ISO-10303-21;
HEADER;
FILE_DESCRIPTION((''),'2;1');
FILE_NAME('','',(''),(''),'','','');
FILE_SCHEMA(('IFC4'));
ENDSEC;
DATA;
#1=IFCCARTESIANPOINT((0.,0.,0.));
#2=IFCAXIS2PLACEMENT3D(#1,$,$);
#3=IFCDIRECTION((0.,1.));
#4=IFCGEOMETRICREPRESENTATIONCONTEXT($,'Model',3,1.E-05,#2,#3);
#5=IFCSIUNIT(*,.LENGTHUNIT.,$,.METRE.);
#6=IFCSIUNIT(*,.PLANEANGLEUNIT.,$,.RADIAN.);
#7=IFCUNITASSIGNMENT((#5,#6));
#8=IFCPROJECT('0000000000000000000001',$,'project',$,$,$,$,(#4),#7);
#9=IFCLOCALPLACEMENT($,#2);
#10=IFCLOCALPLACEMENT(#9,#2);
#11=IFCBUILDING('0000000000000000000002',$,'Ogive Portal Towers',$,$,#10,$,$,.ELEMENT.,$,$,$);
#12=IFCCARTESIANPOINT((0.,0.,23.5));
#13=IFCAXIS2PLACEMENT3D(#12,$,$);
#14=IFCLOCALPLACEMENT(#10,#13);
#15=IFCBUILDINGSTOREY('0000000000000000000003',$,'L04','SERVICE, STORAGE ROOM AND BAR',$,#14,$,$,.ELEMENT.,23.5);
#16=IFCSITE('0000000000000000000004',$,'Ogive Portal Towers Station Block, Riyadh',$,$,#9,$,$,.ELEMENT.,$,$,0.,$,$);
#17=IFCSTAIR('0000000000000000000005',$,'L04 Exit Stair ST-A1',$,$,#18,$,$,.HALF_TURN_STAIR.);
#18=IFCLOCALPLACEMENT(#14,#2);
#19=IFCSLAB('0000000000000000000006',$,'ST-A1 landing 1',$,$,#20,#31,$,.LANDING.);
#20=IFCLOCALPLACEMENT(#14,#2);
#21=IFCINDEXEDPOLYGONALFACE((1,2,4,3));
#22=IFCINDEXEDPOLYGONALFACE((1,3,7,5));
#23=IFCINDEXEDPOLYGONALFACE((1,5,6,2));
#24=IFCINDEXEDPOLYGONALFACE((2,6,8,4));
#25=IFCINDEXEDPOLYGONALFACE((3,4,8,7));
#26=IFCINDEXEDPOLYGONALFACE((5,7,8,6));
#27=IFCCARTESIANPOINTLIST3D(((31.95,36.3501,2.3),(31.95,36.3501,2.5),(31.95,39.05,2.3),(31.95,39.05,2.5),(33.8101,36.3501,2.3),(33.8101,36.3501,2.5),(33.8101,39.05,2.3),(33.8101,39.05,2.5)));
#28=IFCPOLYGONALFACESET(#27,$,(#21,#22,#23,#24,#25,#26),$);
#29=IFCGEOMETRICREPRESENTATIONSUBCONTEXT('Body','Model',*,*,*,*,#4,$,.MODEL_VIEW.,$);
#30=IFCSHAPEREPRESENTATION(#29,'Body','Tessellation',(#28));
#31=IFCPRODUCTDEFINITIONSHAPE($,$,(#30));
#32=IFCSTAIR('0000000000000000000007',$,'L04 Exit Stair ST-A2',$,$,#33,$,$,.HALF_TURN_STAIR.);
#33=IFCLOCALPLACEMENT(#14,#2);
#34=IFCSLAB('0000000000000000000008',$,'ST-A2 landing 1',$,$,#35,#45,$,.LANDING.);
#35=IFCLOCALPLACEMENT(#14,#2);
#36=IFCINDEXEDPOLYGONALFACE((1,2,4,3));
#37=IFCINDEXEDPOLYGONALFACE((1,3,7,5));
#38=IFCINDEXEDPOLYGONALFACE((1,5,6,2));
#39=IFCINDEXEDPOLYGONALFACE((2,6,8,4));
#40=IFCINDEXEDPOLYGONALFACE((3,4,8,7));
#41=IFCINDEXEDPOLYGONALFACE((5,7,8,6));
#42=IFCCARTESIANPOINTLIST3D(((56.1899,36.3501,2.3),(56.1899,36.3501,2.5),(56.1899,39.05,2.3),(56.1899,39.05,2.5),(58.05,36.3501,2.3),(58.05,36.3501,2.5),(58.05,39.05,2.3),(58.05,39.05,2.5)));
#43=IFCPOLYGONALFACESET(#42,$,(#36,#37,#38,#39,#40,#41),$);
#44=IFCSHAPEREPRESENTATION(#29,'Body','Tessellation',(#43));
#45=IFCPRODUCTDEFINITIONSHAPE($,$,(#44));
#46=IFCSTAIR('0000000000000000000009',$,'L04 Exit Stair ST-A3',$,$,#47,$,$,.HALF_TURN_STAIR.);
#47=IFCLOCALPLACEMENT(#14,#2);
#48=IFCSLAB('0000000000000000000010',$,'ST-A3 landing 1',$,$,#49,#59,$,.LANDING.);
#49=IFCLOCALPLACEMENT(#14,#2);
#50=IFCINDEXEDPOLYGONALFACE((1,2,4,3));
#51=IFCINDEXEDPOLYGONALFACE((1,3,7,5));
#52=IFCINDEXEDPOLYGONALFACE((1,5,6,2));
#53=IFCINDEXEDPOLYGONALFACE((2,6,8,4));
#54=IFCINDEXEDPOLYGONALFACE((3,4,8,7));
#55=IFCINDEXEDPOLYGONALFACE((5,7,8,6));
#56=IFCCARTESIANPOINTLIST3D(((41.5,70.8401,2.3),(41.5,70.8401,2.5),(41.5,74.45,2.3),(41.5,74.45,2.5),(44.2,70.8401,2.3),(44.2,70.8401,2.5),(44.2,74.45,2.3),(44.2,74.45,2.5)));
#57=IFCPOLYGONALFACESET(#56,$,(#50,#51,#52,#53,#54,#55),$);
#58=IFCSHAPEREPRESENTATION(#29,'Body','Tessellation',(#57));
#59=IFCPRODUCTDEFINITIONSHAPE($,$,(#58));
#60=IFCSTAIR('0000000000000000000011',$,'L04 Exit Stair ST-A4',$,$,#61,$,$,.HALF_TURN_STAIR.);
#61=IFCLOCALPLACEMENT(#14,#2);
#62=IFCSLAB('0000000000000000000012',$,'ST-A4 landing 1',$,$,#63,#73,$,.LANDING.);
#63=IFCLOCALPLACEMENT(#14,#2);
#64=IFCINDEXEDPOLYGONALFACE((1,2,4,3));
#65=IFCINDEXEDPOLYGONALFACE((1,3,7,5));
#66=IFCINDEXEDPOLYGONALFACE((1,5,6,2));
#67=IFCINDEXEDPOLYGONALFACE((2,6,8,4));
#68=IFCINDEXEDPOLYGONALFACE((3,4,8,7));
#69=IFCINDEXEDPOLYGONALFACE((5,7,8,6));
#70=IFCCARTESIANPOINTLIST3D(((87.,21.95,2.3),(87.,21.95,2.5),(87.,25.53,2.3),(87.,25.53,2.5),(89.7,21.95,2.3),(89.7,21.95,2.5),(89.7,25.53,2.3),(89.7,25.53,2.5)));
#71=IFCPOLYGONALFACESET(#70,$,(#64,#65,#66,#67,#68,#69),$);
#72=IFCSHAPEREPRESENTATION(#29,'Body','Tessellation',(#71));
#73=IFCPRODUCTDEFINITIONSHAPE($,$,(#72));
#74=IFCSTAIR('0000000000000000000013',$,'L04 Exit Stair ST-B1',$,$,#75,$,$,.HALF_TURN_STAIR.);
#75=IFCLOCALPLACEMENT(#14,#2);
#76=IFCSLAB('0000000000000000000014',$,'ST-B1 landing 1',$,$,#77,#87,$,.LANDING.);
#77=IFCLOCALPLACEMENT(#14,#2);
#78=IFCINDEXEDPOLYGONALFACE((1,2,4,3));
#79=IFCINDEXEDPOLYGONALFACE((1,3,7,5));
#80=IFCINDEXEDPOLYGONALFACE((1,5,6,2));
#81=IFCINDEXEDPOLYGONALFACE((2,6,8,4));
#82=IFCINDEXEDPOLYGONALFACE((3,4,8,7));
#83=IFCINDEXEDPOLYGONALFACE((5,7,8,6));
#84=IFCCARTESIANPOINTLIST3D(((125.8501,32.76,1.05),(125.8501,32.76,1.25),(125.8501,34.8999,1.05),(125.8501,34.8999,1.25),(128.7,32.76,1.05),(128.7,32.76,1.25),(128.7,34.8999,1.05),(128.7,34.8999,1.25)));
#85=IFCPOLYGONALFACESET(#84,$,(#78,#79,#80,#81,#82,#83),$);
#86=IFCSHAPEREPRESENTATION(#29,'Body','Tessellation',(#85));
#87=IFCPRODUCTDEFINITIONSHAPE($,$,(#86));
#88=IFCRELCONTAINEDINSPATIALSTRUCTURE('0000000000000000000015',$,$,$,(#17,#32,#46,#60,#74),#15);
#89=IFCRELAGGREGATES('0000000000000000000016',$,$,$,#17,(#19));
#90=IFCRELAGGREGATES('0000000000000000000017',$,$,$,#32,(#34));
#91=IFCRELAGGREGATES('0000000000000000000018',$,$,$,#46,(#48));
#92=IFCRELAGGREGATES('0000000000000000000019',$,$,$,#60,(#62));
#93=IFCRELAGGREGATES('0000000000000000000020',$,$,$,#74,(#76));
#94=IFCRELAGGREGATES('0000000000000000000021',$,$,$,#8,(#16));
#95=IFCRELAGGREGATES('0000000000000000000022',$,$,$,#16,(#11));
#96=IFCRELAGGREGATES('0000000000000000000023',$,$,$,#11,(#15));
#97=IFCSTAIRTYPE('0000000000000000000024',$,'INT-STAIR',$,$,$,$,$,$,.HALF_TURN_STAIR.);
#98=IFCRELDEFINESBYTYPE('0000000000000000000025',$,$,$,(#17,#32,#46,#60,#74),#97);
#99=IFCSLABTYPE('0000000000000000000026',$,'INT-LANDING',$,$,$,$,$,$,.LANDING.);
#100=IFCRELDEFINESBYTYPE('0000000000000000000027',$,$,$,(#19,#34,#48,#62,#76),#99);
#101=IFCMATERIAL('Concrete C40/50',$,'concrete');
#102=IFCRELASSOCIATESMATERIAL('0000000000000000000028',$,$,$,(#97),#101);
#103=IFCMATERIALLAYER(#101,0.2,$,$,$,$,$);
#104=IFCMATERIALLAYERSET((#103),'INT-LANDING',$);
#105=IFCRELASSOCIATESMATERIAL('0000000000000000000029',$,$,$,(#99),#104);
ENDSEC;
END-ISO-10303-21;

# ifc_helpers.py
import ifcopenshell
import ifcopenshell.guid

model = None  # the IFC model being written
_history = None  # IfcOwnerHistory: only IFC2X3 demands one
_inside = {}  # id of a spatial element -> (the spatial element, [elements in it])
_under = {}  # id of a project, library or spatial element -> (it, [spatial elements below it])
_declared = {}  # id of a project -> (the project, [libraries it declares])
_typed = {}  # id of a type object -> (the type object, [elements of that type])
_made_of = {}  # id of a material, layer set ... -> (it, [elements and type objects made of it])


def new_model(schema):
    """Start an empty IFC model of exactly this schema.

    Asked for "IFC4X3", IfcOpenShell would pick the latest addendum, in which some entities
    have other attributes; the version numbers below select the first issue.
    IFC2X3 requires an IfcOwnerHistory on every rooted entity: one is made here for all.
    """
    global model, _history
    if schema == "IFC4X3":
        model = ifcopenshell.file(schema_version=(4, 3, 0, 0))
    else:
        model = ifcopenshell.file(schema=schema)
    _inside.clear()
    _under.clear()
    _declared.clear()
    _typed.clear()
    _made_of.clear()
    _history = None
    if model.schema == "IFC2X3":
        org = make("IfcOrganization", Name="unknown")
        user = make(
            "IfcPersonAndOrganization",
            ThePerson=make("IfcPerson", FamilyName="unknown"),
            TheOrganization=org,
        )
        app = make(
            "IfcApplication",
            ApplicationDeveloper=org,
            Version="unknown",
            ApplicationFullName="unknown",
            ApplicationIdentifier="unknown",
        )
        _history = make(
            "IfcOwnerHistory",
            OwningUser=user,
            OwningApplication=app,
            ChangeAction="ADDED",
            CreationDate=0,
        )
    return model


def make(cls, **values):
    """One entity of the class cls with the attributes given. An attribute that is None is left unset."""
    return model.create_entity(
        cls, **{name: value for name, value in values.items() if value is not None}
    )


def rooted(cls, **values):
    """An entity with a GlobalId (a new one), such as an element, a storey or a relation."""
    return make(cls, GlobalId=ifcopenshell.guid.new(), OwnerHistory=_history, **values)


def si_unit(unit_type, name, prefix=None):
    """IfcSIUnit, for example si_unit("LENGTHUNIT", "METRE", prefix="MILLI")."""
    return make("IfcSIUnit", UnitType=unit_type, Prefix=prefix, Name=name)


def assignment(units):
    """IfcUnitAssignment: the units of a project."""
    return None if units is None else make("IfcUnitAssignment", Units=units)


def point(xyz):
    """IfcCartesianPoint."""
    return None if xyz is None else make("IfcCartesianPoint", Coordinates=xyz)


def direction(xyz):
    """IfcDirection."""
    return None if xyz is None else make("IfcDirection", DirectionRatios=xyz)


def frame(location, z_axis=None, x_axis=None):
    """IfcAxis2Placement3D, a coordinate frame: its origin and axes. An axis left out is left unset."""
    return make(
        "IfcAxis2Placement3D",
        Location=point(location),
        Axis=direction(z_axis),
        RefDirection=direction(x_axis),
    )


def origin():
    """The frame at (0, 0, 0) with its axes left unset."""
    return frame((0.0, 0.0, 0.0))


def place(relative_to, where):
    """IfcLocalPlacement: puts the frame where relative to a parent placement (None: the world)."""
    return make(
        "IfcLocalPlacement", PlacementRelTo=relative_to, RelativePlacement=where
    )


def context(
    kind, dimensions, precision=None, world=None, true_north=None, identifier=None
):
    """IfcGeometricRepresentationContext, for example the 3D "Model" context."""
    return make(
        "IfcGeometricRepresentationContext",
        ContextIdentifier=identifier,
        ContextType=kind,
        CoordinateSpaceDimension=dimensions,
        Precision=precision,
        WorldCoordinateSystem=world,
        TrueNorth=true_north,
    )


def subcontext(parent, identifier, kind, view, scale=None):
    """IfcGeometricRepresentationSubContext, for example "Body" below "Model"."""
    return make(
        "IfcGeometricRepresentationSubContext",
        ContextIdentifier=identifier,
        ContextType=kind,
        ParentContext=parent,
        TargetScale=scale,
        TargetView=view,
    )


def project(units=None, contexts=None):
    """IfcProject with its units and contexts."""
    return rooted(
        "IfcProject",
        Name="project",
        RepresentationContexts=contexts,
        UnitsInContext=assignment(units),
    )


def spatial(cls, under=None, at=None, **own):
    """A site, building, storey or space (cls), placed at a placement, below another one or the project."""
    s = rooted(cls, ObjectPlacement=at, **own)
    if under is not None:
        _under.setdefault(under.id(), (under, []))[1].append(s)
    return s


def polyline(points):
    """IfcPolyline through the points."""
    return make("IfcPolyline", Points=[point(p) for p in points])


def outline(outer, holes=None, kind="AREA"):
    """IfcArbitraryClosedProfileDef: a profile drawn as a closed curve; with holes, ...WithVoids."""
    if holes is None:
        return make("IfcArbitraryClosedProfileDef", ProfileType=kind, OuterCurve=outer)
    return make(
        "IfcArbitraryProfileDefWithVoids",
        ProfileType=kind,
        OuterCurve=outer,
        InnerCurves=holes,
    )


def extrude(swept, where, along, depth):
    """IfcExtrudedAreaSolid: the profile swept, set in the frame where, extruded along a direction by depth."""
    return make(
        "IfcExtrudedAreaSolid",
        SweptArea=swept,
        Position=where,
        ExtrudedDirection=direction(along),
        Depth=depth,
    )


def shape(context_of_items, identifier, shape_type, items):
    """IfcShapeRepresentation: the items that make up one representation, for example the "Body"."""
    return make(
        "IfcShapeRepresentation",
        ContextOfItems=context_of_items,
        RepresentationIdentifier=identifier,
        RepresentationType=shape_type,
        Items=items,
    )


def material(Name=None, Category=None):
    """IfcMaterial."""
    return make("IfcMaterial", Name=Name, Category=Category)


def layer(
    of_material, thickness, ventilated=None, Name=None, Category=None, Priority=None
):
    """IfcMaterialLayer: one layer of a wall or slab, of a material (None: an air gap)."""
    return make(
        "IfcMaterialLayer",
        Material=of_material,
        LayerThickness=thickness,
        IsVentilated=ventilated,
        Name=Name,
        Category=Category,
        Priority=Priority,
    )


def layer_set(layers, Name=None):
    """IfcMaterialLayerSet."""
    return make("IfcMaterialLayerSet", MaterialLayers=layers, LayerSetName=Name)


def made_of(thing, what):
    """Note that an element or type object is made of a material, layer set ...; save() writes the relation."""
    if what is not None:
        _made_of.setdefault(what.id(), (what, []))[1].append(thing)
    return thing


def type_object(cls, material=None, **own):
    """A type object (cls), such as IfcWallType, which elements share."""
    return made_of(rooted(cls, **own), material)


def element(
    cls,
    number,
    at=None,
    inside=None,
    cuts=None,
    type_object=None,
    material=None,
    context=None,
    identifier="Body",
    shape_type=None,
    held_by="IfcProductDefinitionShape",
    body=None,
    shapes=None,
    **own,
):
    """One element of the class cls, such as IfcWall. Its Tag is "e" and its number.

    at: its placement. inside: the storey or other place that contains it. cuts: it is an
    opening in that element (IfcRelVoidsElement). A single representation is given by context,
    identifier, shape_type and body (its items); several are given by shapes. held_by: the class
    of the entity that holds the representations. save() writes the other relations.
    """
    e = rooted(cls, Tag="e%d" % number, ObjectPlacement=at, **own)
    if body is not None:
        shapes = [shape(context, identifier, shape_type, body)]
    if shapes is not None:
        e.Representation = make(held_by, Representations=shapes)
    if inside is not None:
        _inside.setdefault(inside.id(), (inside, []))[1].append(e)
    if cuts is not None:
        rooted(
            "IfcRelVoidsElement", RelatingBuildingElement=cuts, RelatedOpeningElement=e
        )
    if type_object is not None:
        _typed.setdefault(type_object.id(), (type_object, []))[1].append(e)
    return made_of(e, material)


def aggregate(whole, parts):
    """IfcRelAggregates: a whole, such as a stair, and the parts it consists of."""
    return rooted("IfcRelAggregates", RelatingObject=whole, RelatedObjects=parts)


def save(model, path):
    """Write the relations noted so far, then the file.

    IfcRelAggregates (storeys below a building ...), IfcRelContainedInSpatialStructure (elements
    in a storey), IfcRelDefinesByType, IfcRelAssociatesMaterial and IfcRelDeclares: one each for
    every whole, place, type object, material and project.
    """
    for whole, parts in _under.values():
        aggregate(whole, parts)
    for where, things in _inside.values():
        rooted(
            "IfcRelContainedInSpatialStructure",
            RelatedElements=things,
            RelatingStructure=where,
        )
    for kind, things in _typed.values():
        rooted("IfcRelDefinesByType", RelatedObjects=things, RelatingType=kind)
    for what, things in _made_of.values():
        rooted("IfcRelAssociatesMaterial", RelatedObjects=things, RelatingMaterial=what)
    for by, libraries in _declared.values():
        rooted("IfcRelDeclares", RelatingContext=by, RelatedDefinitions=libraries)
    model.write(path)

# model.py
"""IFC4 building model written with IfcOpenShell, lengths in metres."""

from ifc_helpers import new_model, si_unit, direction, frame, origin, place, context, subcontext, project, spatial, polyline, outline, extrude, material, layer, layer_set, type_object, element, aggregate, save


model = new_model("IFC4")

# Units and contexts
model_context = context("Model", 3, precision=1e-05, world=origin(), true_north=direction((0.0, 1.0)))
body_context = subcontext(model_context, "Body", "Model", "MODEL_VIEW")
ifc_project = project(units=[si_unit("LENGTHUNIT", "METRE"), si_unit("PLANEANGLEUNIT", "RADIAN")], contexts=[model_context])

# Site, building, storey
site_placement = place(None, origin())
site = spatial("IfcSite", under=ifc_project, at=site_placement, Name="Ogive Portal Towers Station Block, Riyadh", CompositionType="ELEMENT", RefElevation=0.0)
building_placement = place(site_placement, origin())
building = spatial("IfcBuilding", under=site, at=building_placement, Name="Ogive Portal Towers", CompositionType="ELEMENT")
storey_placement = place(building_placement, frame((0.0, 0.0, 23.5)))
storey = spatial("IfcBuildingStorey", under=building, at=storey_placement, Name="L04", Description="SERVICE, STORAGE ROOM AND BAR", CompositionType="ELEMENT", Elevation=23.5)

# Stairs, slabs
ifc_material_1 = material(Name="Concrete C40/50", Category="concrete")
stair_type = type_object("IfcStairType", Name="INT-STAIR", PredefinedType="HALF_TURN_STAIR", material=ifc_material_1)
stair_1_placement = place(storey_placement, origin())
stair_1 = element("IfcStair", 1, at=stair_1_placement, inside=storey, type_object=stair_type, Name="L04 Exit Stair ST-A1", PredefinedType="HALF_TURN_STAIR")
ifc_layer_1 = layer(ifc_material_1, 0.2)
ifc_layer_set_1 = layer_set([ifc_layer_1], Name="INT-LANDING")
slab_type_1 = type_object("IfcSlabType", Name="INT-LANDING", PredefinedType="LANDING", material=ifc_layer_set_1)
slab_1_placement = place(storey_placement, frame((0.0, 0.0, 2.3)))
slab_1 = element("IfcSlab", 2, at=slab_1_placement, type_object=slab_type_1, Name="ST-A1 landing 1", PredefinedType="LANDING", context=body_context, shape_type="SweptSolid", body=[
    extrude(outline(polyline([(33.8101, 39.05), (31.95, 39.05), (31.95, 36.3501), (33.8101, 36.3501), (33.8101, 39.05)])), origin(), (0.0, 0.0, 1.0), 0.2),
])
aggregate(stair_1, [slab_1])
stair_2_placement = place(storey_placement, origin())
stair_2 = element("IfcStair", 3, at=stair_2_placement, inside=storey, type_object=stair_type, Name="L04 Exit Stair ST-A2", PredefinedType="HALF_TURN_STAIR")
slab_2_placement = place(storey_placement, frame((0.0, 0.0, 2.3)))
slab_2 = element("IfcSlab", 4, at=slab_2_placement, type_object=slab_type_1, Name="ST-A2 landing 1", PredefinedType="LANDING", context=body_context, shape_type="SweptSolid", body=[
    extrude(outline(polyline([(56.1899, 36.3501), (58.05, 36.3501), (58.05, 39.05), (56.1899, 39.05), (56.1899, 36.3501)])), origin(), (0.0, 0.0, 1.0), 0.2),
])
aggregate(stair_2, [slab_2])
stair_3_placement = place(storey_placement, origin())
stair_3 = element("IfcStair", 5, at=stair_3_placement, inside=storey, type_object=stair_type, Name="L04 Exit Stair ST-A3", PredefinedType="HALF_TURN_STAIR")
slab_3_placement = place(storey_placement, frame((0.0, 0.0, 2.3)))
slab_3 = element("IfcSlab", 6, at=slab_3_placement, type_object=slab_type_1, Name="ST-A3 landing 1", PredefinedType="LANDING", context=body_context, shape_type="SweptSolid", body=[
    extrude(outline(polyline([(44.2, 70.8401), (44.2, 74.45), (41.5, 74.45), (41.5, 70.8401), (44.2, 70.8401)])), origin(), (0.0, 0.0, 1.0), 0.2),
])
aggregate(stair_3, [slab_3])
stair_4_placement = place(storey_placement, origin())
stair_4 = element("IfcStair", 7, at=stair_4_placement, inside=storey, type_object=stair_type, Name="L04 Exit Stair ST-A4", PredefinedType="HALF_TURN_STAIR")
slab_4_placement = place(storey_placement, frame((0.0, 0.0, 2.3)))
slab_4 = element("IfcSlab", 8, at=slab_4_placement, type_object=slab_type_1, Name="ST-A4 landing 1", PredefinedType="LANDING", context=body_context, shape_type="SweptSolid", body=[
    extrude(outline(polyline([(87.0, 25.53), (87.0, 21.95), (89.7, 21.95), (89.7, 25.53), (87.0, 25.53)])), origin(), (0.0, 0.0, 1.0), 0.2),
])
aggregate(stair_4, [slab_4])
stair_5_placement = place(storey_placement, origin())
stair_5 = element("IfcStair", 9, at=stair_5_placement, inside=storey, type_object=stair_type, Name="L04 Exit Stair ST-B1", PredefinedType="HALF_TURN_STAIR")
slab_5_placement = place(storey_placement, frame((0.0, 0.0, 1.05)))
slab_5 = element("IfcSlab", 10, at=slab_5_placement, type_object=slab_type_1, Name="ST-B1 landing 1", PredefinedType="LANDING", context=body_context, shape_type="SweptSolid", body=[
    extrude(outline(polyline([(128.7, 32.76), (128.7, 34.8999), (125.8501, 34.8999), (125.8501, 32.76), (128.7, 32.76)])), origin(), (0.0, 0.0, 1.0), 0.2),
])
aggregate(stair_5, [slab_5])

save(model, "model.ifc")
